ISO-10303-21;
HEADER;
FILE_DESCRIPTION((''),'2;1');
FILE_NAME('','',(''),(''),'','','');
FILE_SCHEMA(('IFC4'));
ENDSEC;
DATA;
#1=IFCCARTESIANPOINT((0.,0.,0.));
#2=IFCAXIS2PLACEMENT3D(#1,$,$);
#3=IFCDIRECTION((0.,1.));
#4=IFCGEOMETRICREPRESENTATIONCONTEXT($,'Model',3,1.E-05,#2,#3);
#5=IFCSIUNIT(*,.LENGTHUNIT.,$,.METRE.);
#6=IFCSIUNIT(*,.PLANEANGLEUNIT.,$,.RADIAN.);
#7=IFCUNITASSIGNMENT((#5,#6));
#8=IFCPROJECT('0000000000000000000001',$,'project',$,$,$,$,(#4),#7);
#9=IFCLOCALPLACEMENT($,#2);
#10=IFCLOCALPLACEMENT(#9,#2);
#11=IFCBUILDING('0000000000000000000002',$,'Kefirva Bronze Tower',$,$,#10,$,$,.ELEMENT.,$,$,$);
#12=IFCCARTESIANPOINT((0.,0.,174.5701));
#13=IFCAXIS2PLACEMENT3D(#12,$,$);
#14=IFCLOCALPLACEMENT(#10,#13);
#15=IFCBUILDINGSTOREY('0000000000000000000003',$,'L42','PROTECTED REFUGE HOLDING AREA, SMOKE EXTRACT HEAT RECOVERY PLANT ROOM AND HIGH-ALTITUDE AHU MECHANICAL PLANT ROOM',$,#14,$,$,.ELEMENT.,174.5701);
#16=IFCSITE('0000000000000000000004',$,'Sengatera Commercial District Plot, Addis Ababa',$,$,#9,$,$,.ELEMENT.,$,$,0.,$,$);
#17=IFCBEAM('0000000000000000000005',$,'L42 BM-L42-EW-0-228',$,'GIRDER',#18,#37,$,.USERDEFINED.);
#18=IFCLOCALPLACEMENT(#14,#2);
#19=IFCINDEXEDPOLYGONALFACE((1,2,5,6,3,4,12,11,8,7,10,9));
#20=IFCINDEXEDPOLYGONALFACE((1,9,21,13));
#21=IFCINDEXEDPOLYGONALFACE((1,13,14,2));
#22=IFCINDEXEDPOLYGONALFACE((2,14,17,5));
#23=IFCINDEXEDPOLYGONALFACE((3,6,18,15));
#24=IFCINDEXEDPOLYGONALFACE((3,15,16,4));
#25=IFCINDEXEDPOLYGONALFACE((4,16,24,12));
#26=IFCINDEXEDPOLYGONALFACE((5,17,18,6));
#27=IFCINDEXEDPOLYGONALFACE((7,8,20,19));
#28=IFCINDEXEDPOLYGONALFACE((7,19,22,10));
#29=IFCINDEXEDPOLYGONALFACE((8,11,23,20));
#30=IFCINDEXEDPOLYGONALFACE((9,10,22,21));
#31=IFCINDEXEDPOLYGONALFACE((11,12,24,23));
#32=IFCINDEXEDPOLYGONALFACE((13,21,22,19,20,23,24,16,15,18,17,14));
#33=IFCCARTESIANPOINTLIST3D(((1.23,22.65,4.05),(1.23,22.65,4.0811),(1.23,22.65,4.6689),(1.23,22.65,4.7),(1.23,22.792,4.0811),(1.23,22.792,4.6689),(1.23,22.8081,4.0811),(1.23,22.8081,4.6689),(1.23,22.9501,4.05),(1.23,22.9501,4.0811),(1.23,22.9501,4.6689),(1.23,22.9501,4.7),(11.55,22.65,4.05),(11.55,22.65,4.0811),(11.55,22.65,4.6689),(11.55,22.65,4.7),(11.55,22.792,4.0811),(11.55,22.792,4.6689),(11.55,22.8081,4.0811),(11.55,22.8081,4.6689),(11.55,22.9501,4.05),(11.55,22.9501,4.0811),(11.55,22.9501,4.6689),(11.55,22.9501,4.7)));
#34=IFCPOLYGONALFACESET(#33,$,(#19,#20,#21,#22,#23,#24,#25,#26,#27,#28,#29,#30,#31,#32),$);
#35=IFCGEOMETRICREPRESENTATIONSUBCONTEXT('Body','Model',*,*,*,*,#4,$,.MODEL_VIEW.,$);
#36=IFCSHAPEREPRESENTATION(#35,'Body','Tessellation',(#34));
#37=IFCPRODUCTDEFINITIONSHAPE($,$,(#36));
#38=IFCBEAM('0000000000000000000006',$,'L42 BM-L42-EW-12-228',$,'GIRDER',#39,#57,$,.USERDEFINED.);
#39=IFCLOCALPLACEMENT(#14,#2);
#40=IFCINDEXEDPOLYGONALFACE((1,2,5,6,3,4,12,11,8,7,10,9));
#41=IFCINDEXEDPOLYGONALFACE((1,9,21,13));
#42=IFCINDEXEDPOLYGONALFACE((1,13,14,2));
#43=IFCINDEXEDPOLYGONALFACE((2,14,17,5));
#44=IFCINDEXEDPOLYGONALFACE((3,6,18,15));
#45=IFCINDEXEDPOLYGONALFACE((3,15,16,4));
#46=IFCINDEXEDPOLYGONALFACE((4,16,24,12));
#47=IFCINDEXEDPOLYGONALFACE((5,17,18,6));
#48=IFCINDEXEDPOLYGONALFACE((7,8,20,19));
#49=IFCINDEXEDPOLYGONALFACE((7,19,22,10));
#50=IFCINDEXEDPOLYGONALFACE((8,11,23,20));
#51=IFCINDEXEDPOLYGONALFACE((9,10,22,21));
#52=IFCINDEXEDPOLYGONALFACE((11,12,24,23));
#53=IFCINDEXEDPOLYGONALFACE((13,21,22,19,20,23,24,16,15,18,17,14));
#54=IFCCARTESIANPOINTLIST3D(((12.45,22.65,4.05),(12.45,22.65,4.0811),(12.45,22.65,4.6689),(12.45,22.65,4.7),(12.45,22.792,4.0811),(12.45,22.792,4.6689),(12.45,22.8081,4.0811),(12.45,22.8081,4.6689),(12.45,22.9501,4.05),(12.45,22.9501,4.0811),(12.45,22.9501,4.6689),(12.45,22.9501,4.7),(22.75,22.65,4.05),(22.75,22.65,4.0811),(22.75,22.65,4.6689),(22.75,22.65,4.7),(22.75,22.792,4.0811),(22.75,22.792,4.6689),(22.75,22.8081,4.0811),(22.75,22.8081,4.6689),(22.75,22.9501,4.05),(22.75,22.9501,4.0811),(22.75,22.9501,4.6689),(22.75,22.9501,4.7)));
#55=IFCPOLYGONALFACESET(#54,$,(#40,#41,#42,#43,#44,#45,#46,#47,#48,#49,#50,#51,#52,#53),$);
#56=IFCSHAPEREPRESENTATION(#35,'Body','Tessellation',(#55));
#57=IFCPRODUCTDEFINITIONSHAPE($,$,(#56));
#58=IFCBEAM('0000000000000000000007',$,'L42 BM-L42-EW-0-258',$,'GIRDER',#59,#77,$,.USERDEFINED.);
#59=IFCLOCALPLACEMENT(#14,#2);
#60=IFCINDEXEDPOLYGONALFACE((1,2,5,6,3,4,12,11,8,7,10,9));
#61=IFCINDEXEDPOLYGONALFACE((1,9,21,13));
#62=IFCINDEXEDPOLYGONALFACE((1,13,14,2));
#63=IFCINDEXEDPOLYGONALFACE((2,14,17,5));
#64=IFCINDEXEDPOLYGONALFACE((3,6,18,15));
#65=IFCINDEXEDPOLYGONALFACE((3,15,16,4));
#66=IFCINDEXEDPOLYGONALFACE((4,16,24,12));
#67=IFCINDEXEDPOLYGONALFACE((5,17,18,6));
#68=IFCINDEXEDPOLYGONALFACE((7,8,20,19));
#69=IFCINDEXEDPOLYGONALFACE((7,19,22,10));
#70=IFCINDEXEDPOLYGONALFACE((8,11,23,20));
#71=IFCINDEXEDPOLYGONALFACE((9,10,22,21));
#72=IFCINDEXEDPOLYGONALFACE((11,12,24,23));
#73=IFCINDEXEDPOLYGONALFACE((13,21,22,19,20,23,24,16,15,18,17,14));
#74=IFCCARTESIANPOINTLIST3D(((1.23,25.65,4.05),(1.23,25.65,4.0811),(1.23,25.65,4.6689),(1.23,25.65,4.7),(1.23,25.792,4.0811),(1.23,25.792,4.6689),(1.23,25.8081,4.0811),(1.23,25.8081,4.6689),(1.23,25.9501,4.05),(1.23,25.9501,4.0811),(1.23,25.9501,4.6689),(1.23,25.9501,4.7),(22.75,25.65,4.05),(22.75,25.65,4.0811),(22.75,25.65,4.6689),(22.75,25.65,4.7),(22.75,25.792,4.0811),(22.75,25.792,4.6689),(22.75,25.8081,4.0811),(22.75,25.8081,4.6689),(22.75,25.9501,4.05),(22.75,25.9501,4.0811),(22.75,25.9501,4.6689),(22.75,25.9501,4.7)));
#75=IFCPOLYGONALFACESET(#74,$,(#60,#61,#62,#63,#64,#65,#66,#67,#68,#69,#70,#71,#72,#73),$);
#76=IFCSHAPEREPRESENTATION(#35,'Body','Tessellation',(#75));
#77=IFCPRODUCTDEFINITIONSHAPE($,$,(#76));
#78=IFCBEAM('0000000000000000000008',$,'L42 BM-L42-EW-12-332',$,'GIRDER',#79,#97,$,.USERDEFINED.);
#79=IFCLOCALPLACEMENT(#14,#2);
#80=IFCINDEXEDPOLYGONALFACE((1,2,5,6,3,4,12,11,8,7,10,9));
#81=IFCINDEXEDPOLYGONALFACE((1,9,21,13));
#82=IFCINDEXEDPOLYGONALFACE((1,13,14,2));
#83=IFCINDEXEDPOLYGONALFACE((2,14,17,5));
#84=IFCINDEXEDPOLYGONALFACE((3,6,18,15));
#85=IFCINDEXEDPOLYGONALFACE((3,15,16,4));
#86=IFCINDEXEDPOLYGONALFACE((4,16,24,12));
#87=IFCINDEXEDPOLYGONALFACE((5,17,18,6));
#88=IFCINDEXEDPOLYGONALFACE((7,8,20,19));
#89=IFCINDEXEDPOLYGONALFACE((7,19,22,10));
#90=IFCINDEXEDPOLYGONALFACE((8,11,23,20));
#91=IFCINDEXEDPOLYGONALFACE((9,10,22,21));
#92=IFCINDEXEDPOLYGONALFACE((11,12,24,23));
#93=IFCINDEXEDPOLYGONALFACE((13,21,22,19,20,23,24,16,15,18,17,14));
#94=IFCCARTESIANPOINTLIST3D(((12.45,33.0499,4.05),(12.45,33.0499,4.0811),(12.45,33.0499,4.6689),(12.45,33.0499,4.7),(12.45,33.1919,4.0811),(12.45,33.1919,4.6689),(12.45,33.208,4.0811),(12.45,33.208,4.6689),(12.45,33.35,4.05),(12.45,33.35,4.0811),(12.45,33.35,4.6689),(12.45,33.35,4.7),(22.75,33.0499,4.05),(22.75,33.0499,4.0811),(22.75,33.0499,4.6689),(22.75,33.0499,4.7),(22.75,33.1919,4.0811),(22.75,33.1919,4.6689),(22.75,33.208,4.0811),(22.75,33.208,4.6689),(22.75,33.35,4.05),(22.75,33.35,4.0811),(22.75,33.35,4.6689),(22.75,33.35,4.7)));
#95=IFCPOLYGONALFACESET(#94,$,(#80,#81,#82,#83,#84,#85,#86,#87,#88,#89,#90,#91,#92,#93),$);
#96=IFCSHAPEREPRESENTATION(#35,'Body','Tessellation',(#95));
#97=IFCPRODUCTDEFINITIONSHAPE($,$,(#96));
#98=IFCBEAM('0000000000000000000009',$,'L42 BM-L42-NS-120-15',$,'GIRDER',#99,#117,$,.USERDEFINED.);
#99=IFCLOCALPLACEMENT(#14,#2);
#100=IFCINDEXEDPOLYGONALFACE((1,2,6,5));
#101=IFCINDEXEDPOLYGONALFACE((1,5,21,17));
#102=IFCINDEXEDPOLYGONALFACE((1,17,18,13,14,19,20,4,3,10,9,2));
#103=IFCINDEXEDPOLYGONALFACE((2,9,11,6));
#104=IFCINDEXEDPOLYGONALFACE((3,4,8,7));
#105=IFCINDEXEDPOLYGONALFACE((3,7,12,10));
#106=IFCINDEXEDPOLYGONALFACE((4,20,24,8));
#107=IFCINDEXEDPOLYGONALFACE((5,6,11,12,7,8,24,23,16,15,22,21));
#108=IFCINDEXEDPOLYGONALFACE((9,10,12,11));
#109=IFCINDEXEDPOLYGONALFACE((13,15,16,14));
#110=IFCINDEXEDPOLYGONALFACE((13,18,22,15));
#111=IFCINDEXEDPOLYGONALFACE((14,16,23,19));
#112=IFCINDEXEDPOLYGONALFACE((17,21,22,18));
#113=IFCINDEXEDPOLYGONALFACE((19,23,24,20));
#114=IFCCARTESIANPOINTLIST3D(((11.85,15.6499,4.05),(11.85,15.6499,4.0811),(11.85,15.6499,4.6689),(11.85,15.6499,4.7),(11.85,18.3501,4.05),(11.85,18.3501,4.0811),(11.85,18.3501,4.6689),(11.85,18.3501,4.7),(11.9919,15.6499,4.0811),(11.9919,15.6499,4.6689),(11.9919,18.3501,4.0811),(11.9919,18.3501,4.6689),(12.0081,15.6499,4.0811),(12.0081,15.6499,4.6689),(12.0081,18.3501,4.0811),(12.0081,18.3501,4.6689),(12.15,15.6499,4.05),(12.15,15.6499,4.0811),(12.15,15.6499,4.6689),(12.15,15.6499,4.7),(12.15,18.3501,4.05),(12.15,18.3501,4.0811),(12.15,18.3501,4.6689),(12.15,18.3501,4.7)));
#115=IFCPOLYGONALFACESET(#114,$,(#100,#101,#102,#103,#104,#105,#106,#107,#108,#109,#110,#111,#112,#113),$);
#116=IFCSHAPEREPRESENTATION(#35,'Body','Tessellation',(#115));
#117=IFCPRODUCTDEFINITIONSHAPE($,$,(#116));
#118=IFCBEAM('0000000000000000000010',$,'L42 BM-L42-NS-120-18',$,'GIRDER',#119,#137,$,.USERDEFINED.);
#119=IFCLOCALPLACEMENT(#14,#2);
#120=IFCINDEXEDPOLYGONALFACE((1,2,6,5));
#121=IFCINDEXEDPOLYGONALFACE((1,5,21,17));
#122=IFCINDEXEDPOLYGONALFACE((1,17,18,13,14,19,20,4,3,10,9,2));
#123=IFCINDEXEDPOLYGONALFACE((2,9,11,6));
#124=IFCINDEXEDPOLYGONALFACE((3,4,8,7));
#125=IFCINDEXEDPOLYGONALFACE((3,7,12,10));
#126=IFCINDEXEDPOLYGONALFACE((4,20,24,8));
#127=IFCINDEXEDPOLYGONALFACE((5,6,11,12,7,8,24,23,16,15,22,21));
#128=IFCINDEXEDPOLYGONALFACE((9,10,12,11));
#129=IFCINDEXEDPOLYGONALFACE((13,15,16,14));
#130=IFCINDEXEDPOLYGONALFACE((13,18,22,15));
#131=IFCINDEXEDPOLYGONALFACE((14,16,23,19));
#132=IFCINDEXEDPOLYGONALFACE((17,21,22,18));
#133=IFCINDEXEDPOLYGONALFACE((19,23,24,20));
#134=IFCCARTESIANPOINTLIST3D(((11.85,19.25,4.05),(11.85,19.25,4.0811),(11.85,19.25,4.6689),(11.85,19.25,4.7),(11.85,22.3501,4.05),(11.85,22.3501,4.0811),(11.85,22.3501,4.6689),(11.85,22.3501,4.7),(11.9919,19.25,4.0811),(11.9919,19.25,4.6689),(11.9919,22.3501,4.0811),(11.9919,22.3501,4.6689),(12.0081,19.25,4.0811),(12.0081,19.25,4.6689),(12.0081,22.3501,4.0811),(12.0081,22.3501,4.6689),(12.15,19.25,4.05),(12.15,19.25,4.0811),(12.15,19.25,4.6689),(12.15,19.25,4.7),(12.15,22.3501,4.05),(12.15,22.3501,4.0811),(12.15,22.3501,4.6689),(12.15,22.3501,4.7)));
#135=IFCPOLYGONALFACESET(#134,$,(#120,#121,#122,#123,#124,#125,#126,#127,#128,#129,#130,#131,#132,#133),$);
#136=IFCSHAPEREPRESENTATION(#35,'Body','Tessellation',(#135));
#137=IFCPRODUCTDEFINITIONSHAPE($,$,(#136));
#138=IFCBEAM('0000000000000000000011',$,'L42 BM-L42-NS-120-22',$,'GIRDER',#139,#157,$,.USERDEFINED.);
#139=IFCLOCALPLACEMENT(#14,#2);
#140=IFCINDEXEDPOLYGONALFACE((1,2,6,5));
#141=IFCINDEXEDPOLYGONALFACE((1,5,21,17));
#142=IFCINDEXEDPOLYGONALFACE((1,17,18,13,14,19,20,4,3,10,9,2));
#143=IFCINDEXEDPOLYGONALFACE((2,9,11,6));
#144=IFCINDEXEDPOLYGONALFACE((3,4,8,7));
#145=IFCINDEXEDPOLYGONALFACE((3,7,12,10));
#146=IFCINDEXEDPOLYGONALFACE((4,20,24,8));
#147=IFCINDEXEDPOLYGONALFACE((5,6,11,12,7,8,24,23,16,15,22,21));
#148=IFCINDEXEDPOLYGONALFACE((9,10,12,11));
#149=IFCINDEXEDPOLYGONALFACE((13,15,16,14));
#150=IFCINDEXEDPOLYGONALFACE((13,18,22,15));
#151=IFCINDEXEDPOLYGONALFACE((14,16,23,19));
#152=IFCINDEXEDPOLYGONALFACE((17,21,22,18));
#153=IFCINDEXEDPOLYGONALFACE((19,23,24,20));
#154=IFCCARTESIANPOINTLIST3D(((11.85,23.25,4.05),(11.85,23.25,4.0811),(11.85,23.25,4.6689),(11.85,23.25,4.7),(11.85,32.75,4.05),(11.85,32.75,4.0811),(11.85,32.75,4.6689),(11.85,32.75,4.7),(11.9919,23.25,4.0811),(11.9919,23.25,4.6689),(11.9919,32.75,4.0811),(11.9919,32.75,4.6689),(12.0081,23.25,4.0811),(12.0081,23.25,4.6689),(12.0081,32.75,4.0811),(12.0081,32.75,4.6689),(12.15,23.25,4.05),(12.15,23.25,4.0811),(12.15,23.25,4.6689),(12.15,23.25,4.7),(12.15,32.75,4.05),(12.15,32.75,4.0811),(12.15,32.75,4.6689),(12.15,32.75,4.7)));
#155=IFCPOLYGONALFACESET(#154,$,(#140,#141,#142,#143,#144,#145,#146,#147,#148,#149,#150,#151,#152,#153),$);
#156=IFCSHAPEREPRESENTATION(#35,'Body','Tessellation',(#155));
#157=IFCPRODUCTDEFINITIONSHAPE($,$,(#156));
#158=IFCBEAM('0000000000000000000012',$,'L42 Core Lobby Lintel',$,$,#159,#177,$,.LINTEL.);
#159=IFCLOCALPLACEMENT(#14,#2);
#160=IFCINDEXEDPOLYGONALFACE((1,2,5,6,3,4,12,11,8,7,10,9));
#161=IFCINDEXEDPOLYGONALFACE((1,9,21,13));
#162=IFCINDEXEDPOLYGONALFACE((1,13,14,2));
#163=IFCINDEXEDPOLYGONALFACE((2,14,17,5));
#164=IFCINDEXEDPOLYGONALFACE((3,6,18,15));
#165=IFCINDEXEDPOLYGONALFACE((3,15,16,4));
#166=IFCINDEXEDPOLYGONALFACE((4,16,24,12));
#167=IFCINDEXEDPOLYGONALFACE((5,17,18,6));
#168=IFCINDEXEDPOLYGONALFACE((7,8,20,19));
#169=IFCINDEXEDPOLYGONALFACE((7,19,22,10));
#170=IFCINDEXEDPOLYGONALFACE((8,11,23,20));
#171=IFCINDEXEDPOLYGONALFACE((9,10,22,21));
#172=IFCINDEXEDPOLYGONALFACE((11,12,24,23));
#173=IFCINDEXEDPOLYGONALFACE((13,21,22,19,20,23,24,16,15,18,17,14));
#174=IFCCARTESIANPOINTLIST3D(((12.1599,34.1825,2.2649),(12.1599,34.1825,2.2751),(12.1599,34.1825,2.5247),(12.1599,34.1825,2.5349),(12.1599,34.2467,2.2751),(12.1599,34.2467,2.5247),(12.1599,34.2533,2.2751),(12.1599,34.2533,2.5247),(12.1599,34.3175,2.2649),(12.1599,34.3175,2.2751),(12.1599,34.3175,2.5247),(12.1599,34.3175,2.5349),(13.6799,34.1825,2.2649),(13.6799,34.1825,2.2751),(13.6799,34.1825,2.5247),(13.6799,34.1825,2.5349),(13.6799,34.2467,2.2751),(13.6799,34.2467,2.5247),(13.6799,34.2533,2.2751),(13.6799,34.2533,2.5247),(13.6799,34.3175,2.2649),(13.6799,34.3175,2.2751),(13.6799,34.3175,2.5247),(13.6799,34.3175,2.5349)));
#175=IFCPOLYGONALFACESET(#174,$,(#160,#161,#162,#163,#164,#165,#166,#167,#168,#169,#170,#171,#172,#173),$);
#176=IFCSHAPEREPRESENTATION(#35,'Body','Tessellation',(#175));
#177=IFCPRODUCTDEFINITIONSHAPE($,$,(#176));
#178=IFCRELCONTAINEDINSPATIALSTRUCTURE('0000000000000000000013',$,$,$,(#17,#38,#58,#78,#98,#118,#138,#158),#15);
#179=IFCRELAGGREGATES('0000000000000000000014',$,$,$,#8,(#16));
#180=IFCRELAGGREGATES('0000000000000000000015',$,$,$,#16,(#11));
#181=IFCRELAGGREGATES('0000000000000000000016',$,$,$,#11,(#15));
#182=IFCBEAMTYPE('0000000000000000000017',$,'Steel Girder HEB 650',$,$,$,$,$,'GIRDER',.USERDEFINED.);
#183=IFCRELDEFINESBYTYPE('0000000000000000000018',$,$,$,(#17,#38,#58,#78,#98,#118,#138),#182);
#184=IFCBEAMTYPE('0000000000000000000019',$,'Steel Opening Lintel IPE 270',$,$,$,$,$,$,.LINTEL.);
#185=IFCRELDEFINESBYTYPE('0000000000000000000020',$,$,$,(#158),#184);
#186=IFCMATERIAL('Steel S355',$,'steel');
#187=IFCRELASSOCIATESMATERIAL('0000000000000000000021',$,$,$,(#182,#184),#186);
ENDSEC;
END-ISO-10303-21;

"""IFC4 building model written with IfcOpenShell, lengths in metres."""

from ifc_helpers import new_model, si_unit, direction, frame, origin, origin_2d, place, context, subcontext, project, spatial, i_section, extrude, material, material_profile, profile_set, type_object, element, save


model = new_model("IFC4")

# Units and contexts
model_context = context("Model", 3, precision=1e-05, world=origin(), true_north=direction((0.0, 1.0)))
body_context = subcontext(model_context, "Body", "Model", "MODEL_VIEW")
ifc_project = project(units=[si_unit("LENGTHUNIT", "METRE"), si_unit("PLANEANGLEUNIT", "RADIAN")], contexts=[model_context])

# Site, building, storey
site_placement = place(None, origin())
site = spatial("IfcSite", under=ifc_project, at=site_placement, Name="Sengatera Commercial District Plot, Addis Ababa", CompositionType="ELEMENT", RefElevation=0.0)
building_placement = place(site_placement, origin())
building = spatial("IfcBuilding", under=site, at=building_placement, Name="Kefirva Bronze Tower", CompositionType="ELEMENT")
storey_placement = place(building_placement, frame((0.0, 0.0, 174.5701)))
storey = spatial("IfcBuildingStorey", under=building, at=storey_placement, Name="L42", Description="PROTECTED REFUGE HOLDING AREA, SMOKE EXTRACT HEAT RECOVERY PLANT ROOM AND HIGH-ALTITUDE AHU MECHANICAL PLANT ROOM", CompositionType="ELEMENT", Elevation=174.5701)

# Beams
ifc_material_1 = material(Name="Steel S355", Category="steel")
ifc_material_profile_1 = material_profile(ifc_material_1, i_section(OverallWidth=0.3, OverallDepth=0.6499, WebThickness=0.0161, FlangeThickness=0.031, at=origin_2d()), Name="HEB 650")
ifc_profile_set_1 = profile_set([ifc_material_profile_1], Name="Steel S355")
beam_type_1 = type_object("IfcBeamType", Name="Steel Girder HEB 650", ElementType="GIRDER", PredefinedType="USERDEFINED", material=ifc_profile_set_1)
for number, where, z_axis, x_axis, name in (
    (1, (1.23, 22.8, 4.375), (1.0, 0.0, 0.0), (0.0, 1.0, 0.0), "L42 BM-L42-EW-0-228"),
):
    element("IfcBeam", number, at=place(storey_placement, frame(where, z_axis=z_axis, x_axis=x_axis)), inside=storey, type_object=beam_type_1, Name=name, ObjectType="GIRDER", PredefinedType="USERDEFINED", context=body_context, shape_type="SweptSolid", body=[
        extrude(i_section(OverallWidth=0.3, OverallDepth=0.6499, WebThickness=0.0161, FlangeThickness=0.031, at=origin_2d()), origin(), (0.0, 0.0, 1.0), 10.3201),
    ])
beam_1_placement = place(storey_placement, frame((12.45, 22.8, 4.375), z_axis=(1.0, 0.0, 0.0), x_axis=(0.0, 1.0, 0.0)))
element("IfcBeam", 2, at=beam_1_placement, inside=storey, type_object=beam_type_1, Name="L42 BM-L42-EW-12-228", ObjectType="GIRDER", PredefinedType="USERDEFINED", context=body_context, shape_type="SweptSolid", body=[
    extrude(i_section(OverallWidth=0.3, OverallDepth=0.6499, WebThickness=0.0161, FlangeThickness=0.031, at=origin_2d()), origin(), (0.0, 0.0, 1.0), 10.3),
])
beam_2_placement = place(storey_placement, frame((1.23, 25.8, 4.375), z_axis=(1.0, 0.0, 0.0), x_axis=(0.0, 1.0, 0.0)))
element("IfcBeam", 3, at=beam_2_placement, inside=storey, type_object=beam_type_1, Name="L42 BM-L42-EW-0-258", ObjectType="GIRDER", PredefinedType="USERDEFINED", context=body_context, shape_type="SweptSolid", body=[
    extrude(i_section(OverallWidth=0.3, OverallDepth=0.6499, WebThickness=0.0161, FlangeThickness=0.031, at=origin_2d()), origin(), (0.0, 0.0, 1.0), 21.52),
])
beam_3_placement = place(storey_placement, frame((12.45, 33.2, 4.375), z_axis=(1.0, 0.0, 0.0), x_axis=(0.0, 1.0, 0.0)))
element("IfcBeam", 4, at=beam_3_placement, inside=storey, type_object=beam_type_1, Name="L42 BM-L42-EW-12-332", ObjectType="GIRDER", PredefinedType="USERDEFINED", context=body_context, shape_type="SweptSolid", body=[
    extrude(i_section(OverallWidth=0.3, OverallDepth=0.6499, WebThickness=0.0161, FlangeThickness=0.031, at=origin_2d()), origin(), (0.0, 0.0, 1.0), 10.3),
])
beam_4_placement = place(storey_placement, frame((12.0, 15.6499, 4.375), z_axis=(0.0, 1.0, 0.0), x_axis=(-1.0, 0.0, 0.0)))
element("IfcBeam", 5, at=beam_4_placement, inside=storey, type_object=beam_type_1, Name="L42 BM-L42-NS-120-15", ObjectType="GIRDER", PredefinedType="USERDEFINED", context=body_context, shape_type="SweptSolid", body=[
    extrude(i_section(OverallWidth=0.3, OverallDepth=0.6499, WebThickness=0.0161, FlangeThickness=0.031, at=origin_2d()), origin(), (0.0, 0.0, 1.0), 2.7002),
])
beam_5_placement = place(storey_placement, frame((12.0, 19.25, 4.375), z_axis=(0.0, 1.0, 0.0), x_axis=(-1.0, 0.0, 0.0)))
element("IfcBeam", 6, at=beam_5_placement, inside=storey, type_object=beam_type_1, Name="L42 BM-L42-NS-120-18", ObjectType="GIRDER", PredefinedType="USERDEFINED", context=body_context, shape_type="SweptSolid", body=[
    extrude(i_section(OverallWidth=0.3, OverallDepth=0.6499, WebThickness=0.0161, FlangeThickness=0.031, at=origin_2d()), origin(), (0.0, 0.0, 1.0), 3.1001),
])
beam_6_placement = place(storey_placement, frame((12.0, 23.25, 4.375), z_axis=(0.0, 1.0, 0.0), x_axis=(-1.0, 0.0, 0.0)))
element("IfcBeam", 7, at=beam_6_placement, inside=storey, type_object=beam_type_1, Name="L42 BM-L42-NS-120-22", ObjectType="GIRDER", PredefinedType="USERDEFINED", context=body_context, shape_type="SweptSolid", body=[
    extrude(i_section(OverallWidth=0.3, OverallDepth=0.6499, WebThickness=0.0161, FlangeThickness=0.031, at=origin_2d()), origin(), (0.0, 0.0, 1.0), 9.5),
])
ifc_material_profile_2 = material_profile(ifc_material_1, i_section(OverallWidth=0.135, OverallDepth=0.27, WebThickness=0.0066, FlangeThickness=0.0103, at=origin_2d()), Name="IPE 270")
ifc_profile_set_2 = profile_set([ifc_material_profile_2], Name="Steel S355")
beam_type_2 = type_object("IfcBeamType", Name="Steel Opening Lintel IPE 270", PredefinedType="LINTEL", material=ifc_profile_set_2)
beam_7_placement = place(storey_placement, frame((12.1599, 34.25, 2.3999), z_axis=(1.0, 0.0, 0.0), x_axis=(0.0, 1.0, 0.0)))
element("IfcBeam", 8, at=beam_7_placement, inside=storey, type_object=beam_type_2, Name="L42 Core Lobby Lintel", PredefinedType="LINTEL", context=body_context, shape_type="SweptSolid", body=[
    extrude(i_section(OverallWidth=0.135, OverallDepth=0.27, WebThickness=0.0066, FlangeThickness=0.0103, at=origin_2d()), origin(), (0.0, 0.0, 1.0), 1.52),
])

save(model, "model.ifc")
